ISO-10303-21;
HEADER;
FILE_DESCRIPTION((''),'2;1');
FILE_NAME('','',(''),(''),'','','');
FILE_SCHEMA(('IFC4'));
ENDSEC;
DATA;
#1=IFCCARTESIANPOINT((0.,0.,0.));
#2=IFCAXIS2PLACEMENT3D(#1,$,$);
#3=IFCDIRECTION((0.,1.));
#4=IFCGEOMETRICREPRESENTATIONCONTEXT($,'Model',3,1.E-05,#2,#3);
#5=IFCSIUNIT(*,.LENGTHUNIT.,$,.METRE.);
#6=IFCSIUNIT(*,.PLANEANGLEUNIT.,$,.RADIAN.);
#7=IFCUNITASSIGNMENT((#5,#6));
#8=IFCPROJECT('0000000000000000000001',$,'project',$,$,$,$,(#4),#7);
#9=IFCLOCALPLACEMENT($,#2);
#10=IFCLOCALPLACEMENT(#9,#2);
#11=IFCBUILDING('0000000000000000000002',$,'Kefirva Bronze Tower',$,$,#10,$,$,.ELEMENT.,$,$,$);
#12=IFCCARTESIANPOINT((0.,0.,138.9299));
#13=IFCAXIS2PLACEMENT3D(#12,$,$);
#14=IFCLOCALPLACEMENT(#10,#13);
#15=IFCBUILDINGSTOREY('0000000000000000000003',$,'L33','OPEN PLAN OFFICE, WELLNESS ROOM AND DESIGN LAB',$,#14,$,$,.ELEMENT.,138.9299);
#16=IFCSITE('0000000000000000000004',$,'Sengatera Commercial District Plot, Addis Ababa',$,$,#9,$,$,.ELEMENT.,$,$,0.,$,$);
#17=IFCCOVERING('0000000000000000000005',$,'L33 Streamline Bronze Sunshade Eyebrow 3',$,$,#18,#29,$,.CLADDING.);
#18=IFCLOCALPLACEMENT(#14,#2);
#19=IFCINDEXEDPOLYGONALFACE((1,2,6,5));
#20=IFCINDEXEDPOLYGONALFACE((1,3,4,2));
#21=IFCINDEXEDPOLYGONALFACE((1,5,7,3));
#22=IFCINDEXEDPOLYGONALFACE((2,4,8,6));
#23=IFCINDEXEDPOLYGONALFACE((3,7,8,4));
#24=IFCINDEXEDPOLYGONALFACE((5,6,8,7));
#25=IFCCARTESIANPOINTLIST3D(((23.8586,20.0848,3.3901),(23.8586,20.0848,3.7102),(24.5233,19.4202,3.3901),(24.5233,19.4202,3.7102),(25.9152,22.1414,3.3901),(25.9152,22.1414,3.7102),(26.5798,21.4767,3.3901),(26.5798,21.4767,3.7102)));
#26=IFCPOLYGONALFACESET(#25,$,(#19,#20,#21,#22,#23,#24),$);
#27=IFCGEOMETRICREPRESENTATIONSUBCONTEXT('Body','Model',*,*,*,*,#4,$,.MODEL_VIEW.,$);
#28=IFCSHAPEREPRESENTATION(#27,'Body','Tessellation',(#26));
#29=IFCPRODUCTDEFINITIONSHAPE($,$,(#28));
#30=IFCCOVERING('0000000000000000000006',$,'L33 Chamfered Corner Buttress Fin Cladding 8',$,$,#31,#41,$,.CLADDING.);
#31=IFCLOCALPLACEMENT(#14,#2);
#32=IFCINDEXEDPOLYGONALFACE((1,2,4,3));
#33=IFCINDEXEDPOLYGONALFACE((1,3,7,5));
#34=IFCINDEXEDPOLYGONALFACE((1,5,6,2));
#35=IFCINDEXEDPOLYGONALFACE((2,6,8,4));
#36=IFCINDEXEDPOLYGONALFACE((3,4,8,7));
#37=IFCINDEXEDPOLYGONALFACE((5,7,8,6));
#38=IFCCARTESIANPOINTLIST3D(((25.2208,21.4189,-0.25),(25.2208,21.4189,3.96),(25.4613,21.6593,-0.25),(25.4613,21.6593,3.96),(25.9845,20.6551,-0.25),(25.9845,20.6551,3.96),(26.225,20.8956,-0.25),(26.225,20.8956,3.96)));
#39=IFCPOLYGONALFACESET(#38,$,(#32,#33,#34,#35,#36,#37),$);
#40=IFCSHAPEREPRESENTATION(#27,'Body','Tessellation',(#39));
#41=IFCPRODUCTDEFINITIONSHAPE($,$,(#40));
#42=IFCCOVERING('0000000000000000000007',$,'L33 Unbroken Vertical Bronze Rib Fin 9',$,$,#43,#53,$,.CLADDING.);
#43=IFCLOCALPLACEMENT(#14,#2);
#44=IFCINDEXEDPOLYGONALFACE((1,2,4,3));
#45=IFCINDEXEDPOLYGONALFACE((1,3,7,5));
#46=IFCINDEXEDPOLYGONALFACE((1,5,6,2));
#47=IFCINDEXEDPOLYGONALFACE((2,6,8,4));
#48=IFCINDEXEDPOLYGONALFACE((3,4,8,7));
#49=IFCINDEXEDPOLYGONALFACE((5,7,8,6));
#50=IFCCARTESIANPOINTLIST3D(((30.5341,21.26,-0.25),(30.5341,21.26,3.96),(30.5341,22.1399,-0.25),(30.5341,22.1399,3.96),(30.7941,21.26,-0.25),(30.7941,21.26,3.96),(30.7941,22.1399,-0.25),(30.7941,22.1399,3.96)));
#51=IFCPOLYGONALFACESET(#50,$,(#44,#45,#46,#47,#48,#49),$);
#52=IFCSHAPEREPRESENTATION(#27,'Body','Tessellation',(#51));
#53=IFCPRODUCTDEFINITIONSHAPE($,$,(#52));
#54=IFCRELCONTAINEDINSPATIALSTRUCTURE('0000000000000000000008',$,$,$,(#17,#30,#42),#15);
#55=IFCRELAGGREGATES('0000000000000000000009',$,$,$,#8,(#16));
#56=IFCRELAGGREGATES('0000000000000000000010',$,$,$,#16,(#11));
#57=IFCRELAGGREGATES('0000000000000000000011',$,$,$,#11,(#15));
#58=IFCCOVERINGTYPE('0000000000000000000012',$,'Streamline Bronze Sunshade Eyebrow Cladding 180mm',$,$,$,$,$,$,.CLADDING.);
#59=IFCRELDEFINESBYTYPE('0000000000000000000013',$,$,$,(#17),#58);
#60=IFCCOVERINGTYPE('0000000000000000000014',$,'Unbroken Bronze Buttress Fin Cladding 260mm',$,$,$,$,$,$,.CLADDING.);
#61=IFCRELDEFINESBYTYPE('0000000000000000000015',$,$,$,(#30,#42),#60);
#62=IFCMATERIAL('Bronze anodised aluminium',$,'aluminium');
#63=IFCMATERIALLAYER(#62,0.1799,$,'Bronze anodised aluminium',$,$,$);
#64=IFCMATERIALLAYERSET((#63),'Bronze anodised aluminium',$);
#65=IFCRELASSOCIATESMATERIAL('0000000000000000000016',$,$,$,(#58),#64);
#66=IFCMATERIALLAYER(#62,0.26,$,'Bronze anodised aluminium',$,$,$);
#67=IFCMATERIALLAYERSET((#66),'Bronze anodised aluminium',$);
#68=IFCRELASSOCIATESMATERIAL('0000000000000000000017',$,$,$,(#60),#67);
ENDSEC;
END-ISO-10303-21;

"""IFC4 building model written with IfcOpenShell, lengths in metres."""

from ifc_helpers import new_model, si_unit, direction, frame, origin, origin_2d, place, context, subcontext, project, spatial, rectangle, extrude, material, layer, layer_set, type_object, element, save


model = new_model("IFC4")

# Units and contexts
model_context = context("Model", 3, precision=1e-05, world=origin(), true_north=direction((0.0, 1.0)))
body_context = subcontext(model_context, "Body", "Model", "MODEL_VIEW")
ifc_project = project(units=[si_unit("LENGTHUNIT", "METRE"), si_unit("PLANEANGLEUNIT", "RADIAN")], contexts=[model_context])

# Site, building, storey
site_placement = place(None, origin())
site = spatial("IfcSite", under=ifc_project, at=site_placement, Name="Sengatera Commercial District Plot, Addis Ababa", CompositionType="ELEMENT", RefElevation=0.0)
building_placement = place(site_placement, origin())
building = spatial("IfcBuilding", under=site, at=building_placement, Name="Kefirva Bronze Tower", CompositionType="ELEMENT")
storey_placement = place(building_placement, frame((0.0, 0.0, 138.9299)))
storey = spatial("IfcBuildingStorey", under=building, at=storey_placement, Name="L33", Description="OPEN PLAN OFFICE, WELLNESS ROOM AND DESIGN LAB", CompositionType="ELEMENT", Elevation=138.9299)

# Shared definitions
ifc_material_1 = material(Name="Bronze anodised aluminium", Category="aluminium")

# Coverings
ifc_layer_1 = layer(ifc_material_1, 0.1799, Name="Bronze anodised aluminium")
ifc_layer_set_1 = layer_set([ifc_layer_1], Name="Bronze anodised aluminium")
covering_type_1 = type_object("IfcCoveringType", Name="Streamline Bronze Sunshade Eyebrow Cladding 180mm", PredefinedType="CLADDING", material=ifc_layer_set_1)
covering_1_placement = place(storey_placement, frame((25.2192, 20.7808, 3.3901), z_axis=(0.0, 0.0, 1.0), x_axis=(0.707107, 0.707107, 0.0)))
element("IfcCovering", 1, at=covering_1_placement, inside=storey, type_object=covering_type_1, Name="L33 Streamline Bronze Sunshade Eyebrow 3", PredefinedType="CLADDING", context=body_context, shape_type="SweptSolid", body=[
    extrude(rectangle(XDim=2.9084, YDim=0.9399, at=origin_2d()), origin(), (0.0, 0.0, 1.0), 0.3201),
])
ifc_layer_2 = layer(ifc_material_1, 0.26, Name="Bronze anodised aluminium")
ifc_layer_set_2 = layer_set([ifc_layer_2], Name="Bronze anodised aluminium")
covering_type_2 = type_object("IfcCoveringType", Name="Unbroken Bronze Buttress Fin Cladding 260mm", PredefinedType="CLADDING", material=ifc_layer_set_2)
covering_2_placement = place(storey_placement, frame((25.7229, 21.1572, -0.25), z_axis=(0.0, 0.0, 1.0), x_axis=(0.707107, 0.707107, 0.0)))
element("IfcCovering", 2, at=covering_2_placement, inside=storey, type_object=covering_type_2, Name="L33 Chamfered Corner Buttress Fin Cladding 8", PredefinedType="CLADDING", context=body_context, shape_type="SweptSolid", body=[
    extrude(rectangle(XDim=0.3401, YDim=1.0801, at=origin_2d()), origin(), (0.0, 0.0, 1.0), 4.21),
])
covering_3_placement = place(storey_placement, frame((30.6641, 21.7, -0.25), z_axis=(0.0, 0.0, 1.0), x_axis=(1.0, 0.0, 0.0)))
element("IfcCovering", 3, at=covering_3_placement, inside=storey, type_object=covering_type_2, Name="L33 Unbroken Vertical Bronze Rib Fin 9", PredefinedType="CLADDING", context=body_context, shape_type="SweptSolid", body=[
    extrude(rectangle(XDim=0.26, YDim=0.8799, at=origin_2d()), origin(), (0.0, 0.0, 1.0), 4.21),
])

save(model, "model.ifc")
